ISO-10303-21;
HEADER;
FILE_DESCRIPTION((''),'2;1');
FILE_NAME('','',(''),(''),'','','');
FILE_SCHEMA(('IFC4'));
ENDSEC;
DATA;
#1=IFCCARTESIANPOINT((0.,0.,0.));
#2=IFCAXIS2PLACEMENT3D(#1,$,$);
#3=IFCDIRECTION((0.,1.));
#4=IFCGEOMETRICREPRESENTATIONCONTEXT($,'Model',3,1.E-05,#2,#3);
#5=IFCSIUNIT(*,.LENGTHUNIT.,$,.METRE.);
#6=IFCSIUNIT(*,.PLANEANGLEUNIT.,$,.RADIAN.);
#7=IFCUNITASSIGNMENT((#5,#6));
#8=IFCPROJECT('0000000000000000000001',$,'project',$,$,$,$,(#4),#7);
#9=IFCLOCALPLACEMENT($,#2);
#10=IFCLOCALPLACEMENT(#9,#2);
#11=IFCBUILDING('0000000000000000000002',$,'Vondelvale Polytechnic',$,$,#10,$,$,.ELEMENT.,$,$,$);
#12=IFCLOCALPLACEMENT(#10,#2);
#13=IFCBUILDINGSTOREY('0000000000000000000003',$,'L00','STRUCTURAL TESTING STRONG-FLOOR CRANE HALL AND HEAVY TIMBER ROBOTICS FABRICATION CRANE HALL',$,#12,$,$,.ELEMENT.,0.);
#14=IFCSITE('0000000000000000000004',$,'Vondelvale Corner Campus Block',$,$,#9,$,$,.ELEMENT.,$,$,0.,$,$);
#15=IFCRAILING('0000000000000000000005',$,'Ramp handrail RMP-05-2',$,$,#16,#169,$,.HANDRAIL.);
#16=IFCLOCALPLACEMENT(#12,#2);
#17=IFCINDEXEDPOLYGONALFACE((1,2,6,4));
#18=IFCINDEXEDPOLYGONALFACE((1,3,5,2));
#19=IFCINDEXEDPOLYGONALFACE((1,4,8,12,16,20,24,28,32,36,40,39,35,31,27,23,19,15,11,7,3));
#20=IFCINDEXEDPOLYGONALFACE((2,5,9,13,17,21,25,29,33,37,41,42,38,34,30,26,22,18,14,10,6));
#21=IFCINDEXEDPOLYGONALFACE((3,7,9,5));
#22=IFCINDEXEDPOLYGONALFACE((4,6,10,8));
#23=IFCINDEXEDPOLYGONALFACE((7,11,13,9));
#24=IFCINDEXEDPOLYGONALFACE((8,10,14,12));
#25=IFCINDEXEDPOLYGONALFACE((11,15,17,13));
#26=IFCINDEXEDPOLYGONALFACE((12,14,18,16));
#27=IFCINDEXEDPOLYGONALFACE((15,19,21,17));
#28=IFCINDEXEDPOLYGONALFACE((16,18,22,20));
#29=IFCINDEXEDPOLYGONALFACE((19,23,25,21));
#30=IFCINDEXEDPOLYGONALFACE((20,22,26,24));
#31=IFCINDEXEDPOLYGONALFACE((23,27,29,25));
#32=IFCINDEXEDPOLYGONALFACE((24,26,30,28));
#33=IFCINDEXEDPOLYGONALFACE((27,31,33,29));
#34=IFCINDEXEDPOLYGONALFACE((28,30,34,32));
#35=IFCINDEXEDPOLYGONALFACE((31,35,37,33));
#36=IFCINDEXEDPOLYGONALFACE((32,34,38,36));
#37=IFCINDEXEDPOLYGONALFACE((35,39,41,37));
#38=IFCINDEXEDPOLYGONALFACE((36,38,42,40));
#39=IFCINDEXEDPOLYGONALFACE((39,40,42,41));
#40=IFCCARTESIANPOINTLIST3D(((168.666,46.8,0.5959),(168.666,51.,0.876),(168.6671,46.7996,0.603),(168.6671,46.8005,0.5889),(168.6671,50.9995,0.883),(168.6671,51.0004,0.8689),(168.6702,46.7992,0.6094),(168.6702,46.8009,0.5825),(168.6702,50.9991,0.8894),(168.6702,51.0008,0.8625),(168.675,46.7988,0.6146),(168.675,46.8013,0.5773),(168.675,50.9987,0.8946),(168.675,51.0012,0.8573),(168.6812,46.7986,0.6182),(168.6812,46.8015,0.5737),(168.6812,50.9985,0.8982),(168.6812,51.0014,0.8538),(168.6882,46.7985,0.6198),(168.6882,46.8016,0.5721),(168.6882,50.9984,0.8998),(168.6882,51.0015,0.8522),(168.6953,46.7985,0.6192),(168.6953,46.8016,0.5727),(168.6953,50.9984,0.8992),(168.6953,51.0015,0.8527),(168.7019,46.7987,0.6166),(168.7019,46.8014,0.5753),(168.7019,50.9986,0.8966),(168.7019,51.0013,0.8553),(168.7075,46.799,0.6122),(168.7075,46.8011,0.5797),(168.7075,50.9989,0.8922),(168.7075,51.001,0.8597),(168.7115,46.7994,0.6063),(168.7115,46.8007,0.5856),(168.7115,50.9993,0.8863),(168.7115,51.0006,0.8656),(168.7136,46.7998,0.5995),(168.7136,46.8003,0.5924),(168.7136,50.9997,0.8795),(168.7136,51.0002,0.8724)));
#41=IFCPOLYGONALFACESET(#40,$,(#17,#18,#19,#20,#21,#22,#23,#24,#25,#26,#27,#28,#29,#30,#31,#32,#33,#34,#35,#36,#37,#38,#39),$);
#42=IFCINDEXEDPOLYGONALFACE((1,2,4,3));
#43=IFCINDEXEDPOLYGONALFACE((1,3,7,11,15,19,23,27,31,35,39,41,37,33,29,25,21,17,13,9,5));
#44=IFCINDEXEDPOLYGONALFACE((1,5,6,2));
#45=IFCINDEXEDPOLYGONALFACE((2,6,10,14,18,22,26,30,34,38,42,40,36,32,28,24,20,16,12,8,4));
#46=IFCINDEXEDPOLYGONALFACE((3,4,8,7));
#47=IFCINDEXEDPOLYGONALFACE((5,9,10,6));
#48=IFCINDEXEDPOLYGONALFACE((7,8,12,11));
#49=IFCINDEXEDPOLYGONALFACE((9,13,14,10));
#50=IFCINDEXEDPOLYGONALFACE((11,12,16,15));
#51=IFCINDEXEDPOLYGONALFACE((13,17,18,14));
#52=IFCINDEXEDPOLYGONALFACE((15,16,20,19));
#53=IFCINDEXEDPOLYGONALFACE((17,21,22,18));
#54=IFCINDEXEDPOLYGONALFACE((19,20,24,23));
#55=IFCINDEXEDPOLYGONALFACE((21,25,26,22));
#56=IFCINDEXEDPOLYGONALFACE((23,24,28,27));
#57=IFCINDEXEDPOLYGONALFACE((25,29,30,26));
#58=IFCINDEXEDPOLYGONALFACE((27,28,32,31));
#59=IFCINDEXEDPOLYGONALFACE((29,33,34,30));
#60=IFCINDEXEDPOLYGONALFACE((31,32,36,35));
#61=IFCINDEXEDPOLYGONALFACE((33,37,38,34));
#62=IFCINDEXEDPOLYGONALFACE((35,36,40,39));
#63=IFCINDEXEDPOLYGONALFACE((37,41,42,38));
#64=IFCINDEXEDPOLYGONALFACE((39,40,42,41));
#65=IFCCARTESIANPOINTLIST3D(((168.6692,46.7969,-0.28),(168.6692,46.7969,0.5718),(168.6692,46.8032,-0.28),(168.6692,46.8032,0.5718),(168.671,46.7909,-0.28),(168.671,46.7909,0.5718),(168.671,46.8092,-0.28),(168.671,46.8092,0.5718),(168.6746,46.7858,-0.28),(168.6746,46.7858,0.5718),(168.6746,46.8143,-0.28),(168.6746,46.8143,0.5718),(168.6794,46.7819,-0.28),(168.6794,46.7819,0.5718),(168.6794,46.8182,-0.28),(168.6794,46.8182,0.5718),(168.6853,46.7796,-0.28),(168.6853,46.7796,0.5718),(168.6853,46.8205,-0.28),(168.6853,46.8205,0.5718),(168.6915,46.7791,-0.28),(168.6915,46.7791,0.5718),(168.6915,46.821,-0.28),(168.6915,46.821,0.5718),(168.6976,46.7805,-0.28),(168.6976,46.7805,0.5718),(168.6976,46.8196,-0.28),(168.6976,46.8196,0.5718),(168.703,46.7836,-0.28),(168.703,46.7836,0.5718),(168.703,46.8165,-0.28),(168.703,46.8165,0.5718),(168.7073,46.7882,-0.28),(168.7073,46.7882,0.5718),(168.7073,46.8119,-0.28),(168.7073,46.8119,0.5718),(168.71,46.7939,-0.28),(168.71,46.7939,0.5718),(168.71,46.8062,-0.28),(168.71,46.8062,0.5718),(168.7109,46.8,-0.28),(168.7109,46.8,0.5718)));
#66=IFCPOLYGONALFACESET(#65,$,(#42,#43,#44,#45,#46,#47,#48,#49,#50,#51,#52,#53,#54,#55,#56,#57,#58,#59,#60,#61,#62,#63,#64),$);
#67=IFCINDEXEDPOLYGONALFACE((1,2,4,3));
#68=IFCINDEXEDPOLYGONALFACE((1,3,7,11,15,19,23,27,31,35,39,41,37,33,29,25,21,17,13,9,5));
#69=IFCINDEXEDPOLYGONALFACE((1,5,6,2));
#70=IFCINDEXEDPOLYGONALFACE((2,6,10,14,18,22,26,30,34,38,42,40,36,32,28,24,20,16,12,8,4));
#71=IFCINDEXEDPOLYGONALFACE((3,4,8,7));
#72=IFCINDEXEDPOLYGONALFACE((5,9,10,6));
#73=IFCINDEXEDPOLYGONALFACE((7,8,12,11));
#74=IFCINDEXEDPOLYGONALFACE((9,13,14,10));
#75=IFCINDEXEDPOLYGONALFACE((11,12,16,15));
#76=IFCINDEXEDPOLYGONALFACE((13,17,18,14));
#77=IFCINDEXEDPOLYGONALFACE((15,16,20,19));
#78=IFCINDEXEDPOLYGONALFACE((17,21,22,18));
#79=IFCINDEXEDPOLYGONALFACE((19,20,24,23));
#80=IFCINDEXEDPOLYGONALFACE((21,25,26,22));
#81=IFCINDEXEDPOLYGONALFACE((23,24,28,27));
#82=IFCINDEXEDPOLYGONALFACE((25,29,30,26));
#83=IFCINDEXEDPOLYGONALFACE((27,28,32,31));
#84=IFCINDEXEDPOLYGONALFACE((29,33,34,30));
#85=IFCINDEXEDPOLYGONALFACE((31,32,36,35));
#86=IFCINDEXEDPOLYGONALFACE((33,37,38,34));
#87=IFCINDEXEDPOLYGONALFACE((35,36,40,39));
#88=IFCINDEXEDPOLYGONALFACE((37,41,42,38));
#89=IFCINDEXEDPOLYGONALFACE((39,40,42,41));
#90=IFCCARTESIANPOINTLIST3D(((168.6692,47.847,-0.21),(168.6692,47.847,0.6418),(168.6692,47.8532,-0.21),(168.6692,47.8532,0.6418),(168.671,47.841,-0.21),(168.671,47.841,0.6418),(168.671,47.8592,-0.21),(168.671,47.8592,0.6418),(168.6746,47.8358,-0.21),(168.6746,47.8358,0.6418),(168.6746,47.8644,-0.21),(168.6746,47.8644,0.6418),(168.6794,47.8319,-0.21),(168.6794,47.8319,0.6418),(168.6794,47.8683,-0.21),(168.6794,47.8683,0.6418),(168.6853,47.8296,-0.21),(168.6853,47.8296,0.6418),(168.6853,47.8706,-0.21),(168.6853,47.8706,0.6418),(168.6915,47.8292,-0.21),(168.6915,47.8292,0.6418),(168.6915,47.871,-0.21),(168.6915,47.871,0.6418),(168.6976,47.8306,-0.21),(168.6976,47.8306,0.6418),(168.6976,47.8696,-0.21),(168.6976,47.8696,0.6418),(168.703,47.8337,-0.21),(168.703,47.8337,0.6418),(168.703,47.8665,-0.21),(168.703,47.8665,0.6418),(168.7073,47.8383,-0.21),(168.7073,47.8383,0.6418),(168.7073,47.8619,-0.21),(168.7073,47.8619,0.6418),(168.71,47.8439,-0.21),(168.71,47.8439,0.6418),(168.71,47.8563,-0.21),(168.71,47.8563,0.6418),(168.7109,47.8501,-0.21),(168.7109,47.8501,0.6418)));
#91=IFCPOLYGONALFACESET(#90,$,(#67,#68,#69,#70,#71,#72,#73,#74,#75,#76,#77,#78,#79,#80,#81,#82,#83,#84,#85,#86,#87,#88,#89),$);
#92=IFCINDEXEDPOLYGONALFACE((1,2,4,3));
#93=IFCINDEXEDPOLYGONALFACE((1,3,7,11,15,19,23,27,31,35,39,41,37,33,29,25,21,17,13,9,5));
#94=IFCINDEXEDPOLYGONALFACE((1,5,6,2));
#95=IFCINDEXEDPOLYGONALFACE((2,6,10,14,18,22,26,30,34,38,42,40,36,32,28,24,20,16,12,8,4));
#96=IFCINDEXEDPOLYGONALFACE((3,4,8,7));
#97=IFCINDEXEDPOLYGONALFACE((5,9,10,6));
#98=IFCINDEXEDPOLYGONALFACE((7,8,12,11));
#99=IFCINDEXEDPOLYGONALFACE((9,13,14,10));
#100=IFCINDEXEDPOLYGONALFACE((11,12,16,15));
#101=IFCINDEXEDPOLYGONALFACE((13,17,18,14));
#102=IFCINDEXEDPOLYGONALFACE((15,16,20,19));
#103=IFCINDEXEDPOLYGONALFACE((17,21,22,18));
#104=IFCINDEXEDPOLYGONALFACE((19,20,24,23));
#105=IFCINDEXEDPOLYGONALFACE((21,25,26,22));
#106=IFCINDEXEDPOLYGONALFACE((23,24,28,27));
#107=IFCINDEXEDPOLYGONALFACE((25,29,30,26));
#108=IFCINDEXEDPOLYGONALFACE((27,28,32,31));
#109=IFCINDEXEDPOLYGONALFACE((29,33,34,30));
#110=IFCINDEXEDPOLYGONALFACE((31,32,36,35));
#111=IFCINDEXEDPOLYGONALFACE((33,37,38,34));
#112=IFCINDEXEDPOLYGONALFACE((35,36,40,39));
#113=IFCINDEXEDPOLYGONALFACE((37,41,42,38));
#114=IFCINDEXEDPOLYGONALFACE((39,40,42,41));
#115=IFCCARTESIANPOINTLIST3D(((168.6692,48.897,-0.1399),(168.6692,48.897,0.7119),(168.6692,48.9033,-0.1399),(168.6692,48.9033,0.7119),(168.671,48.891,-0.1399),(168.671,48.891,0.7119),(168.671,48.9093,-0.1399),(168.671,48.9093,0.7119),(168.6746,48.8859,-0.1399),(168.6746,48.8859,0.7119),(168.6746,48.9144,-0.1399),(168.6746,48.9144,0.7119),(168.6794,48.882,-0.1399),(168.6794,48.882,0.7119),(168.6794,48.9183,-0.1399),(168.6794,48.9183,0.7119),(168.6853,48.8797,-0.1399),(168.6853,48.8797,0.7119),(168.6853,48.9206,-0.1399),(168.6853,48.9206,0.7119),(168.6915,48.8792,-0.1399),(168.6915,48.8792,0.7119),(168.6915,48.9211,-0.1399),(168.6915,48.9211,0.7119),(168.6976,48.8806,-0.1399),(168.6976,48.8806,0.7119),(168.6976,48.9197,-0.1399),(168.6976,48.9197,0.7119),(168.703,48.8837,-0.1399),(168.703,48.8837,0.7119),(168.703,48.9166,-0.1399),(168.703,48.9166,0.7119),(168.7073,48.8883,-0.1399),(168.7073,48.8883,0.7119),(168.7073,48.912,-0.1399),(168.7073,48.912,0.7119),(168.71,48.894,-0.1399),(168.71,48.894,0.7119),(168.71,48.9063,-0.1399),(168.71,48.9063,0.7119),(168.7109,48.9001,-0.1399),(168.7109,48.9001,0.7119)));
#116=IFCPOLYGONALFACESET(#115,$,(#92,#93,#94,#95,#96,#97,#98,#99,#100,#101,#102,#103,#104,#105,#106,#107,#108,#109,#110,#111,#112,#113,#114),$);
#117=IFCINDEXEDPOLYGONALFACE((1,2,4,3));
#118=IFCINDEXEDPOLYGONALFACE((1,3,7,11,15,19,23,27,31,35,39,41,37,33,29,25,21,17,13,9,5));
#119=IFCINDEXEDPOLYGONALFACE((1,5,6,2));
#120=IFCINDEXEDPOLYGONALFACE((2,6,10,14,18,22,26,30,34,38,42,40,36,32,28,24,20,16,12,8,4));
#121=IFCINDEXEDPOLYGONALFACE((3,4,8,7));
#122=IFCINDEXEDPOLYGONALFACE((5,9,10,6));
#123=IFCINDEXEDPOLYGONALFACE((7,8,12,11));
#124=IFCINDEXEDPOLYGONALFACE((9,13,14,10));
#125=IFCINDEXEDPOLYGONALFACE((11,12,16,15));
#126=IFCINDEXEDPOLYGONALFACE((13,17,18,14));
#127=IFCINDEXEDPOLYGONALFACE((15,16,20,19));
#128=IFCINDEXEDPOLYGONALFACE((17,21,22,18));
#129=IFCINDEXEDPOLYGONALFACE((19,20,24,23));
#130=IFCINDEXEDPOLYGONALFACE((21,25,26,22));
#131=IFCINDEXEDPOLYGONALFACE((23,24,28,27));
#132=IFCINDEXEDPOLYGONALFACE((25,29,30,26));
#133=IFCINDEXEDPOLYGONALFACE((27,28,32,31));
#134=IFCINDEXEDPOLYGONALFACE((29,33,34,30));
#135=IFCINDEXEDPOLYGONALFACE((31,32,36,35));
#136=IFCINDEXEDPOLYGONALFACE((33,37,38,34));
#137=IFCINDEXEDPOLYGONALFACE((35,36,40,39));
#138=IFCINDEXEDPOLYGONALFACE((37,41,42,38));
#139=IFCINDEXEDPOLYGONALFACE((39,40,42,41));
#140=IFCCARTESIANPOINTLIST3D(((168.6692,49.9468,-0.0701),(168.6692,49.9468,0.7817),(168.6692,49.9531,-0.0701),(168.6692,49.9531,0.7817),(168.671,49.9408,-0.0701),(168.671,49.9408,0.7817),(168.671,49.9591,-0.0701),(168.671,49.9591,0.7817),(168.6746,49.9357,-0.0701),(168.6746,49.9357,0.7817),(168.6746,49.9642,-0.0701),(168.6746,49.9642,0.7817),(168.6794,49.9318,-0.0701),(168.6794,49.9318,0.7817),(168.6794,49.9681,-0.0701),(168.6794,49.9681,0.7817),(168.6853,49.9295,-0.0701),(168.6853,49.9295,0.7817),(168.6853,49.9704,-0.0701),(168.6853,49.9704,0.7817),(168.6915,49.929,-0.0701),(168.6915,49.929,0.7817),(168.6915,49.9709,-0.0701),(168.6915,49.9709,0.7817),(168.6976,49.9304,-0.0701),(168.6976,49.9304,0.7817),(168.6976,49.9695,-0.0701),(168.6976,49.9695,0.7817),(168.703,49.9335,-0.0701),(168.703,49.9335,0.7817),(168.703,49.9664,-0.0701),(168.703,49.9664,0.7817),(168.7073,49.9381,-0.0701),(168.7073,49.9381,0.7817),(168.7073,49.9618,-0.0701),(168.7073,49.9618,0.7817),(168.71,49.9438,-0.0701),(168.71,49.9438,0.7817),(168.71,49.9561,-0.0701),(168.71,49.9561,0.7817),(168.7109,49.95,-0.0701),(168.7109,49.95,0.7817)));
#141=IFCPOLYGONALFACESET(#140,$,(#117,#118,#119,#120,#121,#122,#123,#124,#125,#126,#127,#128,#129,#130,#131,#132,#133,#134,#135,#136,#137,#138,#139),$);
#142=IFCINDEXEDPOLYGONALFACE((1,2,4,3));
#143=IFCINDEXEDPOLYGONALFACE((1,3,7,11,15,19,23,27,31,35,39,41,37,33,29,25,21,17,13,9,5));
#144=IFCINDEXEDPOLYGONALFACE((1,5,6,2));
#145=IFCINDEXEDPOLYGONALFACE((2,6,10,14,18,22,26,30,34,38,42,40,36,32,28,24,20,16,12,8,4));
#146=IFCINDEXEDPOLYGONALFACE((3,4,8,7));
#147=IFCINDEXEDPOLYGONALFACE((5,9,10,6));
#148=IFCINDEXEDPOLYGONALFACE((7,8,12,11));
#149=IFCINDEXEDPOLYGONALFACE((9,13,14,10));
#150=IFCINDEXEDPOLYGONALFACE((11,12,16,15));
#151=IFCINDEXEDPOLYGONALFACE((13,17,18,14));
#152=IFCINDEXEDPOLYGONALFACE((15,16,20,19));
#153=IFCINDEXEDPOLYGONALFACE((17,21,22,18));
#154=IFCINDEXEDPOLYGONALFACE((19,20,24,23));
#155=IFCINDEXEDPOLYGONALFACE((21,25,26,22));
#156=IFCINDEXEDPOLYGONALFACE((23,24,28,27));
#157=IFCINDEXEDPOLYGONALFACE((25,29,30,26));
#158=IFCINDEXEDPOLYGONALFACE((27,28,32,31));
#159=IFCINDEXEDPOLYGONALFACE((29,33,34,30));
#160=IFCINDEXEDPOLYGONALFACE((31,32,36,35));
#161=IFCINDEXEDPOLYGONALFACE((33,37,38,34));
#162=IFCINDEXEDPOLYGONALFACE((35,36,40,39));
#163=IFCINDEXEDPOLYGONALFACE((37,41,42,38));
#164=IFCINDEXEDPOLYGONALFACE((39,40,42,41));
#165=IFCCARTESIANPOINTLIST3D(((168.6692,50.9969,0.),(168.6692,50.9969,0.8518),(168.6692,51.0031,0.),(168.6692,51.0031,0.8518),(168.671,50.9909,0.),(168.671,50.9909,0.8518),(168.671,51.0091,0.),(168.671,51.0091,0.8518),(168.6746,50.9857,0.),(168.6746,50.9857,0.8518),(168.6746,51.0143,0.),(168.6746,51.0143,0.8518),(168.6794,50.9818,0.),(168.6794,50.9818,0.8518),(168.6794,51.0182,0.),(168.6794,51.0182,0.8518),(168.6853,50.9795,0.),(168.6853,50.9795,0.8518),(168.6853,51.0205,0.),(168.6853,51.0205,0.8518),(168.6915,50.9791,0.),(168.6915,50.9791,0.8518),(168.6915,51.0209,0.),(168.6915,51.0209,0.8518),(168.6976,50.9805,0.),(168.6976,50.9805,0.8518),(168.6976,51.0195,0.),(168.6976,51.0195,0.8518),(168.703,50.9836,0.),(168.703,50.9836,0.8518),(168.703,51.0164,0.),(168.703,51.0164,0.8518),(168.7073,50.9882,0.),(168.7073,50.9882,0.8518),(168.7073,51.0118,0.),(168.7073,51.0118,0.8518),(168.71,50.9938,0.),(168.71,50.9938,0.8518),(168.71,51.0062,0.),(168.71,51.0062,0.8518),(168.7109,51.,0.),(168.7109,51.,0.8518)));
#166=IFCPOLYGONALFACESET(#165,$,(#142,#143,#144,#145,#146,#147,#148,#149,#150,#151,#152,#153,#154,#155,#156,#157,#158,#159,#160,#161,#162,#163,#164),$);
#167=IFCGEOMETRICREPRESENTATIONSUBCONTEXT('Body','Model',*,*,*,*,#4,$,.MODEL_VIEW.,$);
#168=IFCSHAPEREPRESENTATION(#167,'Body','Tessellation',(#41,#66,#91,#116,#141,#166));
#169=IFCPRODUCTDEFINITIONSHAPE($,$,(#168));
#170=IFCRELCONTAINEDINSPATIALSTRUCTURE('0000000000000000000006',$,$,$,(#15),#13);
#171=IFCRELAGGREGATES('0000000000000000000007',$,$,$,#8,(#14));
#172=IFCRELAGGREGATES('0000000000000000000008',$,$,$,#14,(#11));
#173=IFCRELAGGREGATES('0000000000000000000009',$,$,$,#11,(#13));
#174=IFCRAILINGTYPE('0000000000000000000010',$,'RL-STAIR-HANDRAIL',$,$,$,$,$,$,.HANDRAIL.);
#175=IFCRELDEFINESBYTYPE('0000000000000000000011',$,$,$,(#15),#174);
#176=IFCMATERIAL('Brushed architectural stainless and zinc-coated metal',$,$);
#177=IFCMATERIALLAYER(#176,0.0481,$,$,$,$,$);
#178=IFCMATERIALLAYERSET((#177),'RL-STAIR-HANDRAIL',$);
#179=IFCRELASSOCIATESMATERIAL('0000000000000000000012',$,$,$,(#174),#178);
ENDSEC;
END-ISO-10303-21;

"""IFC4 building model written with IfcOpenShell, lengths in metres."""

from ifc_helpers import new_model, si_unit, direction, frame, origin, origin_2d, place, context, subcontext, project, spatial, circle, extrude, material, layer, layer_set, type_object, element, save


model = new_model("IFC4")

# Units and contexts
model_context = context("Model", 3, precision=1e-05, world=origin(), true_north=direction((0.0, 1.0)))
body_context = subcontext(model_context, "Body", "Model", "MODEL_VIEW")
ifc_project = project(units=[si_unit("LENGTHUNIT", "METRE"), si_unit("PLANEANGLEUNIT", "RADIAN")], contexts=[model_context])

# Site, building, storey
site_placement = place(None, origin())
site = spatial("IfcSite", under=ifc_project, at=site_placement, Name="Vondelvale Corner Campus Block", CompositionType="ELEMENT", RefElevation=0.0)
building_placement = place(site_placement, origin())
building = spatial("IfcBuilding", under=site, at=building_placement, Name="Vondelvale Polytechnic", CompositionType="ELEMENT")
storey_placement = place(building_placement, origin())
storey = spatial("IfcBuildingStorey", under=building, at=storey_placement, Name="L00", Description="STRUCTURAL TESTING STRONG-FLOOR CRANE HALL AND HEAVY TIMBER ROBOTICS FABRICATION CRANE HALL", CompositionType="ELEMENT", Elevation=0.0)

# Railing
ifc_material_1 = material(Name="Brushed architectural stainless and zinc-coated metal")
ifc_layer_1 = layer(ifc_material_1, 0.0481)
ifc_layer_set_1 = layer_set([ifc_layer_1], Name="RL-STAIR-HANDRAIL")
railing_type = type_object("IfcRailingType", Name="RL-STAIR-HANDRAIL", PredefinedType="HANDRAIL", material=ifc_layer_set_1)
for number, where, name in (
    (1, (168.6899, 46.8, -0.28), "Ramp handrail RMP-05-2"),
):
    element("IfcRailing", number, at=place(storey_placement, frame(where)), inside=storey, type_object=railing_type, Name=name, PredefinedType="HANDRAIL", context=body_context, shape_type="SweptSolid", body=[
        extrude(circle(Radius=0.0239, at=origin_2d()), frame((0.0, 0.0, 0.876), z_axis=(0.0, 0.997785, 0.066527), x_axis=(-1.0, 0.0, 0.0)), (0.0, 0.0, 1.0), 4.2092),
        extrude(circle(Radius=0.021, at=origin_2d()), origin(), (0.0, 0.0, 1.0), 0.8518),
        extrude(circle(Radius=0.021, at=origin_2d()), frame((0.0, 1.05, 0.0701)), (0.0, 0.0, 1.0), 0.8518),
        extrude(circle(Radius=0.021, at=origin_2d()), frame((0.0, 2.1001, 0.1401)), (0.0, 0.0, 1.0), 0.8518),
        extrude(circle(Radius=0.021, at=origin_2d()), frame((0.0, 3.1499, 0.21)), (0.0, 0.0, 1.0), 0.8518),
        extrude(circle(Radius=0.021, at=origin_2d()), frame((0.0, 4.2, 0.28)), (0.0, 0.0, 1.0), 0.8518),
    ])

save(model, "model.ifc")
